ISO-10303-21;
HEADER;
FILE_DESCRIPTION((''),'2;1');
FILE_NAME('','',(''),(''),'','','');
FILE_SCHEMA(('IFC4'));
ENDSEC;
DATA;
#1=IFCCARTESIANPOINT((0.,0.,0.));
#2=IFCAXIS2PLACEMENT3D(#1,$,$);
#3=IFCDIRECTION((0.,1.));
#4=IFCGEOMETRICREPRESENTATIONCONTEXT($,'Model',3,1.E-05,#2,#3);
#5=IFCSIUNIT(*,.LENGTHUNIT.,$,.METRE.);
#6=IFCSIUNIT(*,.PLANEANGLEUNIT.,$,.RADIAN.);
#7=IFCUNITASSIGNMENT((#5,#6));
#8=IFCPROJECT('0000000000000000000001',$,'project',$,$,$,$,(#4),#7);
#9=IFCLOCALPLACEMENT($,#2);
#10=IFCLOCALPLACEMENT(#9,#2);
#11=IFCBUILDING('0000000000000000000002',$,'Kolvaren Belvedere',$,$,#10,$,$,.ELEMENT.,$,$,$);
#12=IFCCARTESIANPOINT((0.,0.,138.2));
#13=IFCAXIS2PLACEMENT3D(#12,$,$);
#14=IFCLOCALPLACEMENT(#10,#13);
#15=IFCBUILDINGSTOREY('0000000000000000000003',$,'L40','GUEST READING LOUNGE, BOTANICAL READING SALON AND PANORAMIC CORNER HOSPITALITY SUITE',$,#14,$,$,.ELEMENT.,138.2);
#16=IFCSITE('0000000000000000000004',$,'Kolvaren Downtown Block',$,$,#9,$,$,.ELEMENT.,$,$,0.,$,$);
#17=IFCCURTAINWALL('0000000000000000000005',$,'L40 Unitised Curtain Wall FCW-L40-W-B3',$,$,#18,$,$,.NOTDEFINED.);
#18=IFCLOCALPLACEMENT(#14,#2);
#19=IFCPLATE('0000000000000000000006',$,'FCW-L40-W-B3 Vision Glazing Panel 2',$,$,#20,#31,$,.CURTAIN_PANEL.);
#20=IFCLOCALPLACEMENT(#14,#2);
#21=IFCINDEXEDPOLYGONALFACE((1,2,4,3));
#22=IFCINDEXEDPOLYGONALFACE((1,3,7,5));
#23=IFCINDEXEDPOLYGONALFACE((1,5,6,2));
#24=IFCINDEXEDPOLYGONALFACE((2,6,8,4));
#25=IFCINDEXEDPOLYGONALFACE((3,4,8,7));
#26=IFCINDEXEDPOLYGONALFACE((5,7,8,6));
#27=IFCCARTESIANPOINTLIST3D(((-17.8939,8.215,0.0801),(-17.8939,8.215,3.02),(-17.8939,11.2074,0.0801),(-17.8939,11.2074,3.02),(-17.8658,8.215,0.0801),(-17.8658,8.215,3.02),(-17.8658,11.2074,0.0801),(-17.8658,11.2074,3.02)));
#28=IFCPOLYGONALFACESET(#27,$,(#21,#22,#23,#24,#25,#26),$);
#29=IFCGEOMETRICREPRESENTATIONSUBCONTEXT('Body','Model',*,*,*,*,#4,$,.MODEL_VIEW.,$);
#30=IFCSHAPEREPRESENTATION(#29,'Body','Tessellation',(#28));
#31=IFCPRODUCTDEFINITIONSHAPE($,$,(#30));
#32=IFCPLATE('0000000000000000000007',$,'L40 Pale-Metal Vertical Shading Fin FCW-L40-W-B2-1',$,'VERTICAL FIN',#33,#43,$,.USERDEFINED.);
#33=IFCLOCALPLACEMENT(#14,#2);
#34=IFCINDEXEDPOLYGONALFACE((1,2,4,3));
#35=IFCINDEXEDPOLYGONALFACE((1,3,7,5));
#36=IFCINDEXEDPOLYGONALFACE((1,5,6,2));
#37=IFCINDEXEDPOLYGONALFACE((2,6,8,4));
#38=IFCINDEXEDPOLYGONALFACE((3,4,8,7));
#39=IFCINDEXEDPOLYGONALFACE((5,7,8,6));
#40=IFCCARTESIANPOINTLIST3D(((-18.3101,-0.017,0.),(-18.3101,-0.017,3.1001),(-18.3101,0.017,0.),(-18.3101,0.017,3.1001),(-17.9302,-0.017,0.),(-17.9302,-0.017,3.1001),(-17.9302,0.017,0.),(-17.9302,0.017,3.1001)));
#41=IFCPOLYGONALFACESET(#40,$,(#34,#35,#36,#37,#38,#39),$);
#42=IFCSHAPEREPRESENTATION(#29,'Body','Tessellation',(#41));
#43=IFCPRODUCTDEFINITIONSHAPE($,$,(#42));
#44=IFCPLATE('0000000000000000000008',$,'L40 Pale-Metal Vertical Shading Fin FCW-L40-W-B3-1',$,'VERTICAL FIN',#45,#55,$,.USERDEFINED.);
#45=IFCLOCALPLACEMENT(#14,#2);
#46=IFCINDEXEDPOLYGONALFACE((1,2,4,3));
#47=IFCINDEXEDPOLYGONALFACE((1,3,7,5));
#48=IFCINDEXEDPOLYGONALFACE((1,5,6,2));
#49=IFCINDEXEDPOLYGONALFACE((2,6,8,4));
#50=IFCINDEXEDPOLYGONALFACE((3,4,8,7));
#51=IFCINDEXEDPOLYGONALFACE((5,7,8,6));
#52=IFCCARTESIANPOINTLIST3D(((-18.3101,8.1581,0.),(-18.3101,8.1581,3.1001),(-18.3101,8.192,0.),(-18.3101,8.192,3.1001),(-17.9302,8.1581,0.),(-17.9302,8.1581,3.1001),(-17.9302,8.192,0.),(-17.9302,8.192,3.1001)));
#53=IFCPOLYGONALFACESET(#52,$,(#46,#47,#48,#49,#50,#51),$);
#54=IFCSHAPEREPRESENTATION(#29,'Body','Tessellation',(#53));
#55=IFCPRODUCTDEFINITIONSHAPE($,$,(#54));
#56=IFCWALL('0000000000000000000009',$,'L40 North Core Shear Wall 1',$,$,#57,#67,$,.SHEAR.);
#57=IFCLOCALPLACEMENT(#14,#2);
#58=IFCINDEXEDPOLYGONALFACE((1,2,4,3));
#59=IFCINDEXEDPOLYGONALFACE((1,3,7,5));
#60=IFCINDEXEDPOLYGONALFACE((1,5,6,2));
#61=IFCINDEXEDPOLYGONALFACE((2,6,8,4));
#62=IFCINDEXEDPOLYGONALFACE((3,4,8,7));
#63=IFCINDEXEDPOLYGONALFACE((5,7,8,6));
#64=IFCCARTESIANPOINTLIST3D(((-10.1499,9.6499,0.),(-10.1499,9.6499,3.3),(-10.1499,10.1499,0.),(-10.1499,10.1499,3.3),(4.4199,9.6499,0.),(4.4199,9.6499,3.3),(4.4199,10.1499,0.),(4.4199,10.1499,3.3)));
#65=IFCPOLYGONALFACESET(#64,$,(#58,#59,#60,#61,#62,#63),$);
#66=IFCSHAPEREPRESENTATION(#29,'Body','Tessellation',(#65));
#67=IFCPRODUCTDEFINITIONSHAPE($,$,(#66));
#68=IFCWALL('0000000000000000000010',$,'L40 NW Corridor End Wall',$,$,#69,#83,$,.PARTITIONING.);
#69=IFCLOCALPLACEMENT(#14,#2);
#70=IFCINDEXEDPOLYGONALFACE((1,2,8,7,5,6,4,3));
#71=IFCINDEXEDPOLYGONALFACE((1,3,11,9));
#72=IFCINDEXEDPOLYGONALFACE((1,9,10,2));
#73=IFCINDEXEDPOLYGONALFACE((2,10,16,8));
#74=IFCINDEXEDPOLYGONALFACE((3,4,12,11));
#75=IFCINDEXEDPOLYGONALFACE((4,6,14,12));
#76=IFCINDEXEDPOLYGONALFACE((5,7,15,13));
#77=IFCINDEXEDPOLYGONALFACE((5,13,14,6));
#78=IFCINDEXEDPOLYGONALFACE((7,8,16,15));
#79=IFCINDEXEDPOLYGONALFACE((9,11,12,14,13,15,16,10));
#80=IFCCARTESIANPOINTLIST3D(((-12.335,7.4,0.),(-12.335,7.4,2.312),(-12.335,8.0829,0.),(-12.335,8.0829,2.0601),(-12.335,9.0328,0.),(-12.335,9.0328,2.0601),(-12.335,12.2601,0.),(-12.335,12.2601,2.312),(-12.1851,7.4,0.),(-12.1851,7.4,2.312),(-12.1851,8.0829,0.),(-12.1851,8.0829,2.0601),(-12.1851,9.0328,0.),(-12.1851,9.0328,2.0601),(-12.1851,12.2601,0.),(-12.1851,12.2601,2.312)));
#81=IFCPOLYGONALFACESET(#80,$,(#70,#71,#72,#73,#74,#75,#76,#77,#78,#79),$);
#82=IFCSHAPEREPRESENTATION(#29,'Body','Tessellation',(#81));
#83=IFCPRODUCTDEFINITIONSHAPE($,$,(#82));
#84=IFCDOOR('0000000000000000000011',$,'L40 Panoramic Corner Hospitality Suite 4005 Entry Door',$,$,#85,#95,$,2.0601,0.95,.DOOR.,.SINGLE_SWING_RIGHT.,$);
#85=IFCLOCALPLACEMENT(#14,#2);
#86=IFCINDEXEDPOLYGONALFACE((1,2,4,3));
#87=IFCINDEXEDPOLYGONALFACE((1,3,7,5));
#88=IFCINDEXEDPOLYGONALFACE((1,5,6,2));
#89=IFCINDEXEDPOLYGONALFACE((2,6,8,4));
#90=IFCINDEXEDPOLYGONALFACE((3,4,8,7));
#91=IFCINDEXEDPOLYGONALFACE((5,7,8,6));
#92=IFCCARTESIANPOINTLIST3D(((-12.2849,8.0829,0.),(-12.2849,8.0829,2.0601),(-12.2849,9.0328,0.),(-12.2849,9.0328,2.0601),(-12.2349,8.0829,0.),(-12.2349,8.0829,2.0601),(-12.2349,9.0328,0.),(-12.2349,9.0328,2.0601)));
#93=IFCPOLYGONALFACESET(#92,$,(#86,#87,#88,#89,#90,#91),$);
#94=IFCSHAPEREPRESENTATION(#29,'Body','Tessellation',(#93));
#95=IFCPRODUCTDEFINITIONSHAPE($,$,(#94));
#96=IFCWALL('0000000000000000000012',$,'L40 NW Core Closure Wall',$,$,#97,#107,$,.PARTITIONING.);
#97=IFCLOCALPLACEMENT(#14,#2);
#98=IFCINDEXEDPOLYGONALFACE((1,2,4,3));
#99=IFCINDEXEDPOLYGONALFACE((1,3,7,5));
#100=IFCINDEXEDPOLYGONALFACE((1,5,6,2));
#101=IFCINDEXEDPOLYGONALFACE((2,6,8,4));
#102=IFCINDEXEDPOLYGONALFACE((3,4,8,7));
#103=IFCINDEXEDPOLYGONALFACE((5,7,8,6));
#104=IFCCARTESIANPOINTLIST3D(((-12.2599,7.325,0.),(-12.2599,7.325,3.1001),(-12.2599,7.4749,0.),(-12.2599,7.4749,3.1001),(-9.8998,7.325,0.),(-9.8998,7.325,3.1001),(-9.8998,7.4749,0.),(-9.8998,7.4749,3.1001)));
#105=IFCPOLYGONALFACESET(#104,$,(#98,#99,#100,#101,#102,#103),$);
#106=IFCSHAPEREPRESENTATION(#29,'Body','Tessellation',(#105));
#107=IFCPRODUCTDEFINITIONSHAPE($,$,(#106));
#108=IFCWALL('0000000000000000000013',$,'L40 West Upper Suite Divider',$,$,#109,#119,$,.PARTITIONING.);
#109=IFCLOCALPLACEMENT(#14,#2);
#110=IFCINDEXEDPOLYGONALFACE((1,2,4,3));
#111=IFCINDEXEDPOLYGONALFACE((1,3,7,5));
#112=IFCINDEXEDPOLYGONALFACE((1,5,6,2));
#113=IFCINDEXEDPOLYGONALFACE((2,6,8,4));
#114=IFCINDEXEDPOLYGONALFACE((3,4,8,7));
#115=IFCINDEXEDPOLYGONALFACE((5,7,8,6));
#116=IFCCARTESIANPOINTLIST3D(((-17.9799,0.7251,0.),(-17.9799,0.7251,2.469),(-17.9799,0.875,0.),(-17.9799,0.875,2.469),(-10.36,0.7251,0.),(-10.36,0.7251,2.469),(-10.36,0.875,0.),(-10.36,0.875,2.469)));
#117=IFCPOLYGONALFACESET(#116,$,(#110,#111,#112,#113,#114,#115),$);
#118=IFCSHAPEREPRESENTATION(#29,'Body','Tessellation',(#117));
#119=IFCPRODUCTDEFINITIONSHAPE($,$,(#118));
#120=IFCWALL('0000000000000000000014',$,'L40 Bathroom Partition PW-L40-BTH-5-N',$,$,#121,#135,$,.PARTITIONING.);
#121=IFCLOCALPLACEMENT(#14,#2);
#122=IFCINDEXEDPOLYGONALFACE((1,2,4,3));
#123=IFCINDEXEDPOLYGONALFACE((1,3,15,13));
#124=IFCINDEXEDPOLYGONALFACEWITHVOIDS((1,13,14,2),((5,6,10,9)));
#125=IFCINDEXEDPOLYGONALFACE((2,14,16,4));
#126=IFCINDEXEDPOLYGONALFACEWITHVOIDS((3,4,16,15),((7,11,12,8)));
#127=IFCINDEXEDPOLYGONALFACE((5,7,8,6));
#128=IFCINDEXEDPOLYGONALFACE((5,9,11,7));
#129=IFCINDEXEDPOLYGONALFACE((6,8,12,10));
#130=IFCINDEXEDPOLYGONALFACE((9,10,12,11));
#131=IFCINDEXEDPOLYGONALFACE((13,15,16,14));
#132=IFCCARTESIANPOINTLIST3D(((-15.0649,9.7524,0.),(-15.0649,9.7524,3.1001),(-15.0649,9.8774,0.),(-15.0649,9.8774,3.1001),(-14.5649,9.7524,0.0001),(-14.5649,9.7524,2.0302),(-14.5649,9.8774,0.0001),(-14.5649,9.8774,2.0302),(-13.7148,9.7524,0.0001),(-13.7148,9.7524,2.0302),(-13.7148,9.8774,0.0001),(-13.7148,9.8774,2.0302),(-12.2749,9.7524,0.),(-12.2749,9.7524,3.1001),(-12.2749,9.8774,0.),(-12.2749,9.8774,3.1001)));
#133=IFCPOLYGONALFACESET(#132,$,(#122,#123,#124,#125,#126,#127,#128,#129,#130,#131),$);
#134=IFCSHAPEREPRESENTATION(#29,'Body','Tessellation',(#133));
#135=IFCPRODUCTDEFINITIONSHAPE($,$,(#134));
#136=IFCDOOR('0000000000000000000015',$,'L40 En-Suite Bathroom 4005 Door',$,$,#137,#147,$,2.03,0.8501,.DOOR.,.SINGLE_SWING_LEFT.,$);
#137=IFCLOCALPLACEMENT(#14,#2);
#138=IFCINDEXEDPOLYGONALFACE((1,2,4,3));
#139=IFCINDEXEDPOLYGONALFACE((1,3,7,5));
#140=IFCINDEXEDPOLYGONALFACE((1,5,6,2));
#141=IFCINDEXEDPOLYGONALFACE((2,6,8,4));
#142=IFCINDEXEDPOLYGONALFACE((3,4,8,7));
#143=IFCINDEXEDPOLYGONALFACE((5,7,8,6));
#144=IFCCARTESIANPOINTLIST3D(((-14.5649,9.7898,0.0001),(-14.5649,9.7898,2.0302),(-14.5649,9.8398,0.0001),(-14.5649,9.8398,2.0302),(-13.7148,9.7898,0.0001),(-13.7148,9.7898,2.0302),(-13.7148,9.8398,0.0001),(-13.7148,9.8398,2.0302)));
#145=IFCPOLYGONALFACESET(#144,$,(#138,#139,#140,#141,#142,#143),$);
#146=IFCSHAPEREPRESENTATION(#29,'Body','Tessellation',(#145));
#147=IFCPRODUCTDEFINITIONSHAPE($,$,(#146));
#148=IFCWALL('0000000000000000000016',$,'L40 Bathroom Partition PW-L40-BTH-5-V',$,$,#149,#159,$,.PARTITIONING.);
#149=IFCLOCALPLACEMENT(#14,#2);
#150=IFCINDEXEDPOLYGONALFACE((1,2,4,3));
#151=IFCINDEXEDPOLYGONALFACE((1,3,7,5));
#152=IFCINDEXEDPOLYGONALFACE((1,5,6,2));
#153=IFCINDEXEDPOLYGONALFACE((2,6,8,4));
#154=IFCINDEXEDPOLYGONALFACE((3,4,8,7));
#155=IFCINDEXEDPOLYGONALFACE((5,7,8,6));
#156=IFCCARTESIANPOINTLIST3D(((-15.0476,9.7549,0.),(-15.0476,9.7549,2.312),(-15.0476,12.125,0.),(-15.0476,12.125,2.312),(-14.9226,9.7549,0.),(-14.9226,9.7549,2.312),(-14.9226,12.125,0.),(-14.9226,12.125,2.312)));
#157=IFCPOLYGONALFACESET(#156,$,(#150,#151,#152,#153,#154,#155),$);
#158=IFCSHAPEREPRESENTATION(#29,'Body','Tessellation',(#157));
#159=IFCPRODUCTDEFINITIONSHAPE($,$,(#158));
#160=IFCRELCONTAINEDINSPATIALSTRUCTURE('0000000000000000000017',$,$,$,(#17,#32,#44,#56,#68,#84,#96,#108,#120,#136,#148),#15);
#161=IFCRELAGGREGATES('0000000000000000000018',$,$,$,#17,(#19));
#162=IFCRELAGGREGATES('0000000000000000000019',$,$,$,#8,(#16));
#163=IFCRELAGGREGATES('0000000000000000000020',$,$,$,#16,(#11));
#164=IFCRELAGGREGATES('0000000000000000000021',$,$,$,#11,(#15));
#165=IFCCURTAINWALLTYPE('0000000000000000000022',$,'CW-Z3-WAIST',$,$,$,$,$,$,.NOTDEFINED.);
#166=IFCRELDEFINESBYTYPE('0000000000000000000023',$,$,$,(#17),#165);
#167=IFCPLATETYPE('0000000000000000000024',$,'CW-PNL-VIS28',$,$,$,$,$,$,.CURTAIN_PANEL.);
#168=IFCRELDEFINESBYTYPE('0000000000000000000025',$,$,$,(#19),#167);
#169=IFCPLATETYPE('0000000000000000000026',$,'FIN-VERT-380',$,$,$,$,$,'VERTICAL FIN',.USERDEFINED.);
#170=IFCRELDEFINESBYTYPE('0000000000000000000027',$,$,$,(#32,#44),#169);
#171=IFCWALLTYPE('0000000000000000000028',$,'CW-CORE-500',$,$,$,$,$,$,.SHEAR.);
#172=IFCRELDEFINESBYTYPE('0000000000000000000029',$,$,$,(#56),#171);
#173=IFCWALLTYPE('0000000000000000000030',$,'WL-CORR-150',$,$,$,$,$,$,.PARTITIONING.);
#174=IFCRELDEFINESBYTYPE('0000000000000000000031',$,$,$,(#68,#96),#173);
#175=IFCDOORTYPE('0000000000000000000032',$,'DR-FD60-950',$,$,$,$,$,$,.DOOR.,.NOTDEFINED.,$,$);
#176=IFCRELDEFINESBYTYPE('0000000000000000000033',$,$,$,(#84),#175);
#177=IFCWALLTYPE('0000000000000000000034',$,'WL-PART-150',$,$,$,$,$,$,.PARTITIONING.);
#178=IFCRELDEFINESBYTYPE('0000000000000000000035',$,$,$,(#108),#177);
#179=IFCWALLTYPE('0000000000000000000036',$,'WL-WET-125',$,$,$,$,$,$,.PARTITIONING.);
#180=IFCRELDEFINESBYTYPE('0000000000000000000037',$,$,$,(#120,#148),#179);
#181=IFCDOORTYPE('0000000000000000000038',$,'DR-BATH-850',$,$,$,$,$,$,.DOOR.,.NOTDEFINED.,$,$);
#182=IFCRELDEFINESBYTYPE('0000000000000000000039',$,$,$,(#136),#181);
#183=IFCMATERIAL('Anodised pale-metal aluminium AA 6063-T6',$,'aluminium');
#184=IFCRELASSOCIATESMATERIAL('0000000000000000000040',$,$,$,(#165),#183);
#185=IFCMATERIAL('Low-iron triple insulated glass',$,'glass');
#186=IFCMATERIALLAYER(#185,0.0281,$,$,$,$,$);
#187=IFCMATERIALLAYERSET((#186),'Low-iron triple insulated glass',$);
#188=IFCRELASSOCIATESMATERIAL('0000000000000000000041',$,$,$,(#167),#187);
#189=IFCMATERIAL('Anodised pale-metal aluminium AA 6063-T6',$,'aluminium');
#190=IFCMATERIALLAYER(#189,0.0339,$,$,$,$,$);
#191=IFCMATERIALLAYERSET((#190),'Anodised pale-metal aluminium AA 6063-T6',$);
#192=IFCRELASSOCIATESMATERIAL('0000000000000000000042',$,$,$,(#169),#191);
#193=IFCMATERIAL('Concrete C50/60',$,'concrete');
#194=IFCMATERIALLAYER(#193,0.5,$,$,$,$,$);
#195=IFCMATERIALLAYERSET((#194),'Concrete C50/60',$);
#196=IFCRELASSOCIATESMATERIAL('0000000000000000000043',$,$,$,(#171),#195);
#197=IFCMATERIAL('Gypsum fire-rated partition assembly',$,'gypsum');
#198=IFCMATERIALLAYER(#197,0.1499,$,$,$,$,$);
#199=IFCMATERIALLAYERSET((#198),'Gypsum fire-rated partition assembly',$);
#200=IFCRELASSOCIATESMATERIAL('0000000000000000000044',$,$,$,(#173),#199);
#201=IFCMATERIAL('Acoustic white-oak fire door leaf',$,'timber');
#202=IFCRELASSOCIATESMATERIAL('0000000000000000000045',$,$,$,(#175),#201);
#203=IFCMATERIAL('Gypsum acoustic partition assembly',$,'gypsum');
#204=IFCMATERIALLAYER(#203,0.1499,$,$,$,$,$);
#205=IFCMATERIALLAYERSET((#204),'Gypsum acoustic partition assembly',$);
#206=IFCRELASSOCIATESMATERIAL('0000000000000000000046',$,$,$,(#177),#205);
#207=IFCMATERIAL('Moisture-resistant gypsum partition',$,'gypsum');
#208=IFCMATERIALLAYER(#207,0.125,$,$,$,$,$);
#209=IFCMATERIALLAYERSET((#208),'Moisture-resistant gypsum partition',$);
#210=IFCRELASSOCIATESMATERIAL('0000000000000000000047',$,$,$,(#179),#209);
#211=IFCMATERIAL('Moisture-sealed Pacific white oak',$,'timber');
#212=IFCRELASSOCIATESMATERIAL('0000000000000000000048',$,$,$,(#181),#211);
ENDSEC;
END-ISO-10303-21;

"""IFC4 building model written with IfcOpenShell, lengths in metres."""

from ifc_helpers import new_model, si_unit, direction, frame, frame_2d, origin, origin_2d, place, context, subcontext, project, spatial, rectangle, extrude, material, layer, layer_set, type_object, element, fill, aggregate, save


model = new_model("IFC4")

# Units and contexts
model_context = context("Model", 3, precision=1e-05, world=origin(), true_north=direction((0.0, 1.0)))
body_context = subcontext(model_context, "Body", "Model", "MODEL_VIEW")
ifc_project = project(units=[si_unit("LENGTHUNIT", "METRE"), si_unit("PLANEANGLEUNIT", "RADIAN")], contexts=[model_context])

# Site, building, storey
site_placement = place(None, origin())
site = spatial("IfcSite", under=ifc_project, at=site_placement, Name="Kolvaren Downtown Block", CompositionType="ELEMENT", RefElevation=0.0)
building_placement = place(site_placement, origin())
building = spatial("IfcBuilding", under=site, at=building_placement, Name="Kolvaren Belvedere", CompositionType="ELEMENT")
storey_placement = place(building_placement, frame((0.0, 0.0, 138.2)))
storey = spatial("IfcBuildingStorey", under=building, at=storey_placement, Name="L40", Description="GUEST READING LOUNGE, BOTANICAL READING SALON AND PANORAMIC CORNER HOSPITALITY SUITE", CompositionType="ELEMENT", Elevation=138.2)

# Curtain wall
ifc_material_1 = material(Name="Anodised pale-metal aluminium AA 6063-T6", Category="aluminium")
curtain_wall_type = type_object("IfcCurtainWallType", Name="CW-Z3-WAIST", PredefinedType="NOTDEFINED", material=ifc_material_1)
curtain_wall_1_placement = place(storey_placement, origin())
curtain_wall_1 = element("IfcCurtainWall", 1, at=curtain_wall_1_placement, inside=storey, type_object=curtain_wall_type, Name="L40 Unitised Curtain Wall FCW-L40-W-B3", PredefinedType="NOTDEFINED")

# Plate
ifc_material_2 = material(Name="Low-iron triple insulated glass", Category="glass")
ifc_layer_1 = layer(ifc_material_2, 0.0281)
ifc_layer_set_1 = layer_set([ifc_layer_1], Name="Low-iron triple insulated glass")
plate_type_1 = type_object("IfcPlateType", Name="CW-PNL-VIS28", PredefinedType="CURTAIN_PANEL", material=ifc_layer_set_1)
plate_1_placement = place(storey_placement, frame((-17.8799, 9.7112, 0.0801), z_axis=(0.0, 0.0, 1.0), x_axis=(0.0, 1.0, 0.0)))
plate_1 = element("IfcPlate", 2, at=plate_1_placement, type_object=plate_type_1, Name="FCW-L40-W-B3 Vision Glazing Panel 2", PredefinedType="CURTAIN_PANEL", context=body_context, shape_type="SweptSolid", body=[
    extrude(rectangle(XDim=2.9924, YDim=0.0281, at=origin_2d()), origin(), (0.0, 0.0, 1.0), 2.9399),
])
aggregate(curtain_wall_1, [plate_1])

# Plates
ifc_material_3 = material(Name="Anodised pale-metal aluminium AA 6063-T6", Category="aluminium")
ifc_layer_2 = layer(ifc_material_3, 0.0339)
ifc_layer_set_2 = layer_set([ifc_layer_2], Name="Anodised pale-metal aluminium AA 6063-T6")
plate_type_2 = type_object("IfcPlateType", Name="FIN-VERT-380", ElementType="VERTICAL FIN", PredefinedType="USERDEFINED", material=ifc_layer_set_2)
for number, where, z_axis, x_axis, name in (
    (3, (-18.1201, 0.0, 0.0), (0.0, 0.0, 1.0), (1.0, 0.0, 0.0), "L40 Pale-Metal Vertical Shading Fin FCW-L40-W-B2-1"),
    (4, (-18.1201, 8.175, 0.0), (0.0, 0.0, 1.0), (1.0, 0.0, 0.0), "L40 Pale-Metal Vertical Shading Fin FCW-L40-W-B3-1"),
):
    element("IfcPlate", number, at=place(storey_placement, frame(where, z_axis=z_axis, x_axis=x_axis)), inside=storey, type_object=plate_type_2, Name=name, ObjectType="VERTICAL FIN", PredefinedType="USERDEFINED", context=body_context, shape_type="SweptSolid", body=[
        extrude(rectangle(XDim=0.3799, YDim=0.0339, at=origin_2d()), origin(), (0.0, 0.0, 1.0), 3.1001),
    ])

# Wall
ifc_material_4 = material(Name="Concrete C50/60", Category="concrete")
ifc_layer_3 = layer(ifc_material_4, 0.5)
ifc_layer_set_3 = layer_set([ifc_layer_3], Name="Concrete C50/60")
wall_type_1 = type_object("IfcWallType", Name="CW-CORE-500", PredefinedType="SHEAR", material=ifc_layer_set_3)
wall_1_placement = place(storey_placement, frame((-10.1499, 9.8999, 0.0), z_axis=(0.0, 0.0, 1.0), x_axis=(1.0, 0.0, 0.0)))
element("IfcWall", 5, at=wall_1_placement, inside=storey, type_object=wall_type_1, Name="L40 North Core Shear Wall 1", PredefinedType="SHEAR", context=body_context, shape_type="SweptSolid", body=[
    extrude(rectangle(XDim=14.5698, YDim=0.5, at=frame_2d((7.2849, 0.0))), origin(), (0.0, 0.0, 1.0), 3.3),
])

# Wall, opening, door
ifc_material_5 = material(Name="Gypsum fire-rated partition assembly", Category="gypsum")
ifc_layer_4 = layer(ifc_material_5, 0.1499)
ifc_layer_set_4 = layer_set([ifc_layer_4], Name="Gypsum fire-rated partition assembly")
wall_type_2 = type_object("IfcWallType", Name="WL-CORR-150", PredefinedType="PARTITIONING", material=ifc_layer_set_4)
wall_2_placement = place(storey_placement, frame((-12.26, 7.3999, 0.0), z_axis=(0.0, 0.0, 1.0), x_axis=(0.0, 1.0, 0.0)))
wall_2 = element("IfcWall", 6, at=wall_2_placement, inside=storey, type_object=wall_type_2, Name="L40 NW Corridor End Wall", PredefinedType="PARTITIONING", context=body_context, shape_type="SweptSolid", body=[
    extrude(rectangle(XDim=4.8601, YDim=0.1499, at=frame_2d((2.4302, 0.0))), origin(), (0.0, 0.0, 1.0), 2.312),
])
opening_1_placement = place(wall_2_placement, frame((0.6829, 0.0, 0.0)))
opening_1 = element("IfcOpeningElement", 7, at=opening_1_placement, cuts=wall_2, PredefinedType="OPENING", context=body_context, shape_type="SweptSolid", body=[
    extrude(rectangle(XDim=0.95, YDim=2.0601, at=frame_2d((0.4751, 1.03))), frame((0.0, 0.085, 0.0), z_axis=(0.0, -1.0, 0.0), x_axis=(1.0, 0.0, 0.0)), (0.0, 0.0, 1.0), 0.1699),
])
ifc_material_6 = material(Name="Acoustic white-oak fire door leaf", Category="timber")
door_type_1 = type_object("IfcDoorType", Name="DR-FD60-950", OperationType="NOTDEFINED", PredefinedType="DOOR", material=ifc_material_6)
door_1_placement = place(opening_1_placement, origin())
door_1 = element("IfcDoor", 8, at=door_1_placement, inside=storey, type_object=door_type_1, Name="L40 Panoramic Corner Hospitality Suite 4005 Entry Door", OperationType="SINGLE_SWING_RIGHT", OverallHeight=2.0601, OverallWidth=0.95, PredefinedType="DOOR", context=body_context, shape_type="SweptSolid", body=[
    extrude(rectangle(XDim=0.95, YDim=2.0601, at=frame_2d((0.4751, 1.03))), frame((0.0, 0.0249, 0.0), z_axis=(0.0, -1.0, 0.0), x_axis=(1.0, 0.0, 0.0)), (0.0, 0.0, 1.0), 0.05),
])
fill(opening_1, door_1)

# Walls
wall_3_placement = place(storey_placement, frame((-12.26, 7.3999, 0.0), z_axis=(0.0, 0.0, 1.0), x_axis=(1.0, 0.0, 0.0)))
element("IfcWall", 9, at=wall_3_placement, inside=storey, type_object=wall_type_2, Name="L40 NW Core Closure Wall", PredefinedType="PARTITIONING", context=body_context, shape_type="SweptSolid", body=[
    extrude(rectangle(XDim=2.3601, YDim=0.1499, at=frame_2d((1.1802, 0.0))), origin(), (0.0, 0.0, 1.0), 3.1001),
])
ifc_material_7 = material(Name="Gypsum acoustic partition assembly", Category="gypsum")
ifc_layer_5 = layer(ifc_material_7, 0.1499)
ifc_layer_set_5 = layer_set([ifc_layer_5], Name="Gypsum acoustic partition assembly")
wall_type_3 = type_object("IfcWallType", Name="WL-PART-150", PredefinedType="PARTITIONING", material=ifc_layer_set_5)
wall_4_placement = place(storey_placement, frame((-17.98, 0.8, 0.0), z_axis=(0.0, 0.0, 1.0), x_axis=(1.0, 0.0, 0.0)))
element("IfcWall", 10, at=wall_4_placement, inside=storey, type_object=wall_type_3, Name="L40 West Upper Suite Divider", PredefinedType="PARTITIONING", context=body_context, shape_type="SweptSolid", body=[
    extrude(rectangle(XDim=7.6199, YDim=0.1499, at=frame_2d((3.8101, 0.0))), origin(), (0.0, 0.0, 1.0), 2.469),
])

# Wall, opening, door
ifc_material_8 = material(Name="Moisture-resistant gypsum partition", Category="gypsum")
ifc_layer_6 = layer(ifc_material_8, 0.125)
ifc_layer_set_6 = layer_set([ifc_layer_6], Name="Moisture-resistant gypsum partition")
wall_type_4 = type_object("IfcWallType", Name="WL-WET-125", PredefinedType="PARTITIONING", material=ifc_layer_set_6)
wall_5_placement = place(storey_placement, frame((-15.0649, 9.8149, 0.0), z_axis=(0.0, 0.0, 1.0), x_axis=(1.0, 0.0, 0.0)))
wall_5 = element("IfcWall", 11, at=wall_5_placement, inside=storey, type_object=wall_type_4, Name="L40 Bathroom Partition PW-L40-BTH-5-N", PredefinedType="PARTITIONING", context=body_context, shape_type="SweptSolid", body=[
    extrude(rectangle(XDim=2.79, YDim=0.125, at=frame_2d((1.395, 0.0))), origin(), (0.0, 0.0, 1.0), 3.1001),
])
opening_2_placement = place(wall_5_placement, frame((0.5, 0.0, 0.0)))
opening_2 = element("IfcOpeningElement", 12, at=opening_2_placement, cuts=wall_5, PredefinedType="OPENING", context=body_context, shape_type="SweptSolid", body=[
    extrude(rectangle(XDim=0.8501, YDim=2.03, at=frame_2d((0.425, 1.0151))), frame((0.0, 0.0725, 0.0), z_axis=(0.0, -1.0, 0.0), x_axis=(1.0, 0.0, 0.0)), (0.0, 0.0, 1.0), 0.145),
])
ifc_material_9 = material(Name="Moisture-sealed Pacific white oak", Category="timber")
door_type_2 = type_object("IfcDoorType", Name="DR-BATH-850", OperationType="NOTDEFINED", PredefinedType="DOOR", material=ifc_material_9)
door_2_placement = place(opening_2_placement, origin())
door_2 = element("IfcDoor", 13, at=door_2_placement, inside=storey, type_object=door_type_2, Name="L40 En-Suite Bathroom 4005 Door", OperationType="SINGLE_SWING_LEFT", OverallHeight=2.03, OverallWidth=0.8501, PredefinedType="DOOR", context=body_context, shape_type="SweptSolid", body=[
    extrude(rectangle(XDim=0.8501, YDim=2.03, at=frame_2d((0.425, 1.0151))), frame((0.0, 0.0249, 0.0), z_axis=(0.0, -1.0, 0.0), x_axis=(1.0, 0.0, 0.0)), (0.0, 0.0, 1.0), 0.05),
])
fill(opening_2, door_2)

# Wall
wall_6_placement = place(storey_placement, frame((-14.9851, 9.7549, 0.0), z_axis=(0.0, 0.0, 1.0), x_axis=(0.0, 1.0, 0.0)))
element("IfcWall", 14, at=wall_6_placement, inside=storey, type_object=wall_type_4, Name="L40 Bathroom Partition PW-L40-BTH-5-V", PredefinedType="PARTITIONING", context=body_context, shape_type="SweptSolid", body=[
    extrude(rectangle(XDim=2.3701, YDim=0.125, at=frame_2d((1.1851, 0.0))), origin(), (0.0, 0.0, 1.0), 2.312),
])

save(model, "model.ifc")
